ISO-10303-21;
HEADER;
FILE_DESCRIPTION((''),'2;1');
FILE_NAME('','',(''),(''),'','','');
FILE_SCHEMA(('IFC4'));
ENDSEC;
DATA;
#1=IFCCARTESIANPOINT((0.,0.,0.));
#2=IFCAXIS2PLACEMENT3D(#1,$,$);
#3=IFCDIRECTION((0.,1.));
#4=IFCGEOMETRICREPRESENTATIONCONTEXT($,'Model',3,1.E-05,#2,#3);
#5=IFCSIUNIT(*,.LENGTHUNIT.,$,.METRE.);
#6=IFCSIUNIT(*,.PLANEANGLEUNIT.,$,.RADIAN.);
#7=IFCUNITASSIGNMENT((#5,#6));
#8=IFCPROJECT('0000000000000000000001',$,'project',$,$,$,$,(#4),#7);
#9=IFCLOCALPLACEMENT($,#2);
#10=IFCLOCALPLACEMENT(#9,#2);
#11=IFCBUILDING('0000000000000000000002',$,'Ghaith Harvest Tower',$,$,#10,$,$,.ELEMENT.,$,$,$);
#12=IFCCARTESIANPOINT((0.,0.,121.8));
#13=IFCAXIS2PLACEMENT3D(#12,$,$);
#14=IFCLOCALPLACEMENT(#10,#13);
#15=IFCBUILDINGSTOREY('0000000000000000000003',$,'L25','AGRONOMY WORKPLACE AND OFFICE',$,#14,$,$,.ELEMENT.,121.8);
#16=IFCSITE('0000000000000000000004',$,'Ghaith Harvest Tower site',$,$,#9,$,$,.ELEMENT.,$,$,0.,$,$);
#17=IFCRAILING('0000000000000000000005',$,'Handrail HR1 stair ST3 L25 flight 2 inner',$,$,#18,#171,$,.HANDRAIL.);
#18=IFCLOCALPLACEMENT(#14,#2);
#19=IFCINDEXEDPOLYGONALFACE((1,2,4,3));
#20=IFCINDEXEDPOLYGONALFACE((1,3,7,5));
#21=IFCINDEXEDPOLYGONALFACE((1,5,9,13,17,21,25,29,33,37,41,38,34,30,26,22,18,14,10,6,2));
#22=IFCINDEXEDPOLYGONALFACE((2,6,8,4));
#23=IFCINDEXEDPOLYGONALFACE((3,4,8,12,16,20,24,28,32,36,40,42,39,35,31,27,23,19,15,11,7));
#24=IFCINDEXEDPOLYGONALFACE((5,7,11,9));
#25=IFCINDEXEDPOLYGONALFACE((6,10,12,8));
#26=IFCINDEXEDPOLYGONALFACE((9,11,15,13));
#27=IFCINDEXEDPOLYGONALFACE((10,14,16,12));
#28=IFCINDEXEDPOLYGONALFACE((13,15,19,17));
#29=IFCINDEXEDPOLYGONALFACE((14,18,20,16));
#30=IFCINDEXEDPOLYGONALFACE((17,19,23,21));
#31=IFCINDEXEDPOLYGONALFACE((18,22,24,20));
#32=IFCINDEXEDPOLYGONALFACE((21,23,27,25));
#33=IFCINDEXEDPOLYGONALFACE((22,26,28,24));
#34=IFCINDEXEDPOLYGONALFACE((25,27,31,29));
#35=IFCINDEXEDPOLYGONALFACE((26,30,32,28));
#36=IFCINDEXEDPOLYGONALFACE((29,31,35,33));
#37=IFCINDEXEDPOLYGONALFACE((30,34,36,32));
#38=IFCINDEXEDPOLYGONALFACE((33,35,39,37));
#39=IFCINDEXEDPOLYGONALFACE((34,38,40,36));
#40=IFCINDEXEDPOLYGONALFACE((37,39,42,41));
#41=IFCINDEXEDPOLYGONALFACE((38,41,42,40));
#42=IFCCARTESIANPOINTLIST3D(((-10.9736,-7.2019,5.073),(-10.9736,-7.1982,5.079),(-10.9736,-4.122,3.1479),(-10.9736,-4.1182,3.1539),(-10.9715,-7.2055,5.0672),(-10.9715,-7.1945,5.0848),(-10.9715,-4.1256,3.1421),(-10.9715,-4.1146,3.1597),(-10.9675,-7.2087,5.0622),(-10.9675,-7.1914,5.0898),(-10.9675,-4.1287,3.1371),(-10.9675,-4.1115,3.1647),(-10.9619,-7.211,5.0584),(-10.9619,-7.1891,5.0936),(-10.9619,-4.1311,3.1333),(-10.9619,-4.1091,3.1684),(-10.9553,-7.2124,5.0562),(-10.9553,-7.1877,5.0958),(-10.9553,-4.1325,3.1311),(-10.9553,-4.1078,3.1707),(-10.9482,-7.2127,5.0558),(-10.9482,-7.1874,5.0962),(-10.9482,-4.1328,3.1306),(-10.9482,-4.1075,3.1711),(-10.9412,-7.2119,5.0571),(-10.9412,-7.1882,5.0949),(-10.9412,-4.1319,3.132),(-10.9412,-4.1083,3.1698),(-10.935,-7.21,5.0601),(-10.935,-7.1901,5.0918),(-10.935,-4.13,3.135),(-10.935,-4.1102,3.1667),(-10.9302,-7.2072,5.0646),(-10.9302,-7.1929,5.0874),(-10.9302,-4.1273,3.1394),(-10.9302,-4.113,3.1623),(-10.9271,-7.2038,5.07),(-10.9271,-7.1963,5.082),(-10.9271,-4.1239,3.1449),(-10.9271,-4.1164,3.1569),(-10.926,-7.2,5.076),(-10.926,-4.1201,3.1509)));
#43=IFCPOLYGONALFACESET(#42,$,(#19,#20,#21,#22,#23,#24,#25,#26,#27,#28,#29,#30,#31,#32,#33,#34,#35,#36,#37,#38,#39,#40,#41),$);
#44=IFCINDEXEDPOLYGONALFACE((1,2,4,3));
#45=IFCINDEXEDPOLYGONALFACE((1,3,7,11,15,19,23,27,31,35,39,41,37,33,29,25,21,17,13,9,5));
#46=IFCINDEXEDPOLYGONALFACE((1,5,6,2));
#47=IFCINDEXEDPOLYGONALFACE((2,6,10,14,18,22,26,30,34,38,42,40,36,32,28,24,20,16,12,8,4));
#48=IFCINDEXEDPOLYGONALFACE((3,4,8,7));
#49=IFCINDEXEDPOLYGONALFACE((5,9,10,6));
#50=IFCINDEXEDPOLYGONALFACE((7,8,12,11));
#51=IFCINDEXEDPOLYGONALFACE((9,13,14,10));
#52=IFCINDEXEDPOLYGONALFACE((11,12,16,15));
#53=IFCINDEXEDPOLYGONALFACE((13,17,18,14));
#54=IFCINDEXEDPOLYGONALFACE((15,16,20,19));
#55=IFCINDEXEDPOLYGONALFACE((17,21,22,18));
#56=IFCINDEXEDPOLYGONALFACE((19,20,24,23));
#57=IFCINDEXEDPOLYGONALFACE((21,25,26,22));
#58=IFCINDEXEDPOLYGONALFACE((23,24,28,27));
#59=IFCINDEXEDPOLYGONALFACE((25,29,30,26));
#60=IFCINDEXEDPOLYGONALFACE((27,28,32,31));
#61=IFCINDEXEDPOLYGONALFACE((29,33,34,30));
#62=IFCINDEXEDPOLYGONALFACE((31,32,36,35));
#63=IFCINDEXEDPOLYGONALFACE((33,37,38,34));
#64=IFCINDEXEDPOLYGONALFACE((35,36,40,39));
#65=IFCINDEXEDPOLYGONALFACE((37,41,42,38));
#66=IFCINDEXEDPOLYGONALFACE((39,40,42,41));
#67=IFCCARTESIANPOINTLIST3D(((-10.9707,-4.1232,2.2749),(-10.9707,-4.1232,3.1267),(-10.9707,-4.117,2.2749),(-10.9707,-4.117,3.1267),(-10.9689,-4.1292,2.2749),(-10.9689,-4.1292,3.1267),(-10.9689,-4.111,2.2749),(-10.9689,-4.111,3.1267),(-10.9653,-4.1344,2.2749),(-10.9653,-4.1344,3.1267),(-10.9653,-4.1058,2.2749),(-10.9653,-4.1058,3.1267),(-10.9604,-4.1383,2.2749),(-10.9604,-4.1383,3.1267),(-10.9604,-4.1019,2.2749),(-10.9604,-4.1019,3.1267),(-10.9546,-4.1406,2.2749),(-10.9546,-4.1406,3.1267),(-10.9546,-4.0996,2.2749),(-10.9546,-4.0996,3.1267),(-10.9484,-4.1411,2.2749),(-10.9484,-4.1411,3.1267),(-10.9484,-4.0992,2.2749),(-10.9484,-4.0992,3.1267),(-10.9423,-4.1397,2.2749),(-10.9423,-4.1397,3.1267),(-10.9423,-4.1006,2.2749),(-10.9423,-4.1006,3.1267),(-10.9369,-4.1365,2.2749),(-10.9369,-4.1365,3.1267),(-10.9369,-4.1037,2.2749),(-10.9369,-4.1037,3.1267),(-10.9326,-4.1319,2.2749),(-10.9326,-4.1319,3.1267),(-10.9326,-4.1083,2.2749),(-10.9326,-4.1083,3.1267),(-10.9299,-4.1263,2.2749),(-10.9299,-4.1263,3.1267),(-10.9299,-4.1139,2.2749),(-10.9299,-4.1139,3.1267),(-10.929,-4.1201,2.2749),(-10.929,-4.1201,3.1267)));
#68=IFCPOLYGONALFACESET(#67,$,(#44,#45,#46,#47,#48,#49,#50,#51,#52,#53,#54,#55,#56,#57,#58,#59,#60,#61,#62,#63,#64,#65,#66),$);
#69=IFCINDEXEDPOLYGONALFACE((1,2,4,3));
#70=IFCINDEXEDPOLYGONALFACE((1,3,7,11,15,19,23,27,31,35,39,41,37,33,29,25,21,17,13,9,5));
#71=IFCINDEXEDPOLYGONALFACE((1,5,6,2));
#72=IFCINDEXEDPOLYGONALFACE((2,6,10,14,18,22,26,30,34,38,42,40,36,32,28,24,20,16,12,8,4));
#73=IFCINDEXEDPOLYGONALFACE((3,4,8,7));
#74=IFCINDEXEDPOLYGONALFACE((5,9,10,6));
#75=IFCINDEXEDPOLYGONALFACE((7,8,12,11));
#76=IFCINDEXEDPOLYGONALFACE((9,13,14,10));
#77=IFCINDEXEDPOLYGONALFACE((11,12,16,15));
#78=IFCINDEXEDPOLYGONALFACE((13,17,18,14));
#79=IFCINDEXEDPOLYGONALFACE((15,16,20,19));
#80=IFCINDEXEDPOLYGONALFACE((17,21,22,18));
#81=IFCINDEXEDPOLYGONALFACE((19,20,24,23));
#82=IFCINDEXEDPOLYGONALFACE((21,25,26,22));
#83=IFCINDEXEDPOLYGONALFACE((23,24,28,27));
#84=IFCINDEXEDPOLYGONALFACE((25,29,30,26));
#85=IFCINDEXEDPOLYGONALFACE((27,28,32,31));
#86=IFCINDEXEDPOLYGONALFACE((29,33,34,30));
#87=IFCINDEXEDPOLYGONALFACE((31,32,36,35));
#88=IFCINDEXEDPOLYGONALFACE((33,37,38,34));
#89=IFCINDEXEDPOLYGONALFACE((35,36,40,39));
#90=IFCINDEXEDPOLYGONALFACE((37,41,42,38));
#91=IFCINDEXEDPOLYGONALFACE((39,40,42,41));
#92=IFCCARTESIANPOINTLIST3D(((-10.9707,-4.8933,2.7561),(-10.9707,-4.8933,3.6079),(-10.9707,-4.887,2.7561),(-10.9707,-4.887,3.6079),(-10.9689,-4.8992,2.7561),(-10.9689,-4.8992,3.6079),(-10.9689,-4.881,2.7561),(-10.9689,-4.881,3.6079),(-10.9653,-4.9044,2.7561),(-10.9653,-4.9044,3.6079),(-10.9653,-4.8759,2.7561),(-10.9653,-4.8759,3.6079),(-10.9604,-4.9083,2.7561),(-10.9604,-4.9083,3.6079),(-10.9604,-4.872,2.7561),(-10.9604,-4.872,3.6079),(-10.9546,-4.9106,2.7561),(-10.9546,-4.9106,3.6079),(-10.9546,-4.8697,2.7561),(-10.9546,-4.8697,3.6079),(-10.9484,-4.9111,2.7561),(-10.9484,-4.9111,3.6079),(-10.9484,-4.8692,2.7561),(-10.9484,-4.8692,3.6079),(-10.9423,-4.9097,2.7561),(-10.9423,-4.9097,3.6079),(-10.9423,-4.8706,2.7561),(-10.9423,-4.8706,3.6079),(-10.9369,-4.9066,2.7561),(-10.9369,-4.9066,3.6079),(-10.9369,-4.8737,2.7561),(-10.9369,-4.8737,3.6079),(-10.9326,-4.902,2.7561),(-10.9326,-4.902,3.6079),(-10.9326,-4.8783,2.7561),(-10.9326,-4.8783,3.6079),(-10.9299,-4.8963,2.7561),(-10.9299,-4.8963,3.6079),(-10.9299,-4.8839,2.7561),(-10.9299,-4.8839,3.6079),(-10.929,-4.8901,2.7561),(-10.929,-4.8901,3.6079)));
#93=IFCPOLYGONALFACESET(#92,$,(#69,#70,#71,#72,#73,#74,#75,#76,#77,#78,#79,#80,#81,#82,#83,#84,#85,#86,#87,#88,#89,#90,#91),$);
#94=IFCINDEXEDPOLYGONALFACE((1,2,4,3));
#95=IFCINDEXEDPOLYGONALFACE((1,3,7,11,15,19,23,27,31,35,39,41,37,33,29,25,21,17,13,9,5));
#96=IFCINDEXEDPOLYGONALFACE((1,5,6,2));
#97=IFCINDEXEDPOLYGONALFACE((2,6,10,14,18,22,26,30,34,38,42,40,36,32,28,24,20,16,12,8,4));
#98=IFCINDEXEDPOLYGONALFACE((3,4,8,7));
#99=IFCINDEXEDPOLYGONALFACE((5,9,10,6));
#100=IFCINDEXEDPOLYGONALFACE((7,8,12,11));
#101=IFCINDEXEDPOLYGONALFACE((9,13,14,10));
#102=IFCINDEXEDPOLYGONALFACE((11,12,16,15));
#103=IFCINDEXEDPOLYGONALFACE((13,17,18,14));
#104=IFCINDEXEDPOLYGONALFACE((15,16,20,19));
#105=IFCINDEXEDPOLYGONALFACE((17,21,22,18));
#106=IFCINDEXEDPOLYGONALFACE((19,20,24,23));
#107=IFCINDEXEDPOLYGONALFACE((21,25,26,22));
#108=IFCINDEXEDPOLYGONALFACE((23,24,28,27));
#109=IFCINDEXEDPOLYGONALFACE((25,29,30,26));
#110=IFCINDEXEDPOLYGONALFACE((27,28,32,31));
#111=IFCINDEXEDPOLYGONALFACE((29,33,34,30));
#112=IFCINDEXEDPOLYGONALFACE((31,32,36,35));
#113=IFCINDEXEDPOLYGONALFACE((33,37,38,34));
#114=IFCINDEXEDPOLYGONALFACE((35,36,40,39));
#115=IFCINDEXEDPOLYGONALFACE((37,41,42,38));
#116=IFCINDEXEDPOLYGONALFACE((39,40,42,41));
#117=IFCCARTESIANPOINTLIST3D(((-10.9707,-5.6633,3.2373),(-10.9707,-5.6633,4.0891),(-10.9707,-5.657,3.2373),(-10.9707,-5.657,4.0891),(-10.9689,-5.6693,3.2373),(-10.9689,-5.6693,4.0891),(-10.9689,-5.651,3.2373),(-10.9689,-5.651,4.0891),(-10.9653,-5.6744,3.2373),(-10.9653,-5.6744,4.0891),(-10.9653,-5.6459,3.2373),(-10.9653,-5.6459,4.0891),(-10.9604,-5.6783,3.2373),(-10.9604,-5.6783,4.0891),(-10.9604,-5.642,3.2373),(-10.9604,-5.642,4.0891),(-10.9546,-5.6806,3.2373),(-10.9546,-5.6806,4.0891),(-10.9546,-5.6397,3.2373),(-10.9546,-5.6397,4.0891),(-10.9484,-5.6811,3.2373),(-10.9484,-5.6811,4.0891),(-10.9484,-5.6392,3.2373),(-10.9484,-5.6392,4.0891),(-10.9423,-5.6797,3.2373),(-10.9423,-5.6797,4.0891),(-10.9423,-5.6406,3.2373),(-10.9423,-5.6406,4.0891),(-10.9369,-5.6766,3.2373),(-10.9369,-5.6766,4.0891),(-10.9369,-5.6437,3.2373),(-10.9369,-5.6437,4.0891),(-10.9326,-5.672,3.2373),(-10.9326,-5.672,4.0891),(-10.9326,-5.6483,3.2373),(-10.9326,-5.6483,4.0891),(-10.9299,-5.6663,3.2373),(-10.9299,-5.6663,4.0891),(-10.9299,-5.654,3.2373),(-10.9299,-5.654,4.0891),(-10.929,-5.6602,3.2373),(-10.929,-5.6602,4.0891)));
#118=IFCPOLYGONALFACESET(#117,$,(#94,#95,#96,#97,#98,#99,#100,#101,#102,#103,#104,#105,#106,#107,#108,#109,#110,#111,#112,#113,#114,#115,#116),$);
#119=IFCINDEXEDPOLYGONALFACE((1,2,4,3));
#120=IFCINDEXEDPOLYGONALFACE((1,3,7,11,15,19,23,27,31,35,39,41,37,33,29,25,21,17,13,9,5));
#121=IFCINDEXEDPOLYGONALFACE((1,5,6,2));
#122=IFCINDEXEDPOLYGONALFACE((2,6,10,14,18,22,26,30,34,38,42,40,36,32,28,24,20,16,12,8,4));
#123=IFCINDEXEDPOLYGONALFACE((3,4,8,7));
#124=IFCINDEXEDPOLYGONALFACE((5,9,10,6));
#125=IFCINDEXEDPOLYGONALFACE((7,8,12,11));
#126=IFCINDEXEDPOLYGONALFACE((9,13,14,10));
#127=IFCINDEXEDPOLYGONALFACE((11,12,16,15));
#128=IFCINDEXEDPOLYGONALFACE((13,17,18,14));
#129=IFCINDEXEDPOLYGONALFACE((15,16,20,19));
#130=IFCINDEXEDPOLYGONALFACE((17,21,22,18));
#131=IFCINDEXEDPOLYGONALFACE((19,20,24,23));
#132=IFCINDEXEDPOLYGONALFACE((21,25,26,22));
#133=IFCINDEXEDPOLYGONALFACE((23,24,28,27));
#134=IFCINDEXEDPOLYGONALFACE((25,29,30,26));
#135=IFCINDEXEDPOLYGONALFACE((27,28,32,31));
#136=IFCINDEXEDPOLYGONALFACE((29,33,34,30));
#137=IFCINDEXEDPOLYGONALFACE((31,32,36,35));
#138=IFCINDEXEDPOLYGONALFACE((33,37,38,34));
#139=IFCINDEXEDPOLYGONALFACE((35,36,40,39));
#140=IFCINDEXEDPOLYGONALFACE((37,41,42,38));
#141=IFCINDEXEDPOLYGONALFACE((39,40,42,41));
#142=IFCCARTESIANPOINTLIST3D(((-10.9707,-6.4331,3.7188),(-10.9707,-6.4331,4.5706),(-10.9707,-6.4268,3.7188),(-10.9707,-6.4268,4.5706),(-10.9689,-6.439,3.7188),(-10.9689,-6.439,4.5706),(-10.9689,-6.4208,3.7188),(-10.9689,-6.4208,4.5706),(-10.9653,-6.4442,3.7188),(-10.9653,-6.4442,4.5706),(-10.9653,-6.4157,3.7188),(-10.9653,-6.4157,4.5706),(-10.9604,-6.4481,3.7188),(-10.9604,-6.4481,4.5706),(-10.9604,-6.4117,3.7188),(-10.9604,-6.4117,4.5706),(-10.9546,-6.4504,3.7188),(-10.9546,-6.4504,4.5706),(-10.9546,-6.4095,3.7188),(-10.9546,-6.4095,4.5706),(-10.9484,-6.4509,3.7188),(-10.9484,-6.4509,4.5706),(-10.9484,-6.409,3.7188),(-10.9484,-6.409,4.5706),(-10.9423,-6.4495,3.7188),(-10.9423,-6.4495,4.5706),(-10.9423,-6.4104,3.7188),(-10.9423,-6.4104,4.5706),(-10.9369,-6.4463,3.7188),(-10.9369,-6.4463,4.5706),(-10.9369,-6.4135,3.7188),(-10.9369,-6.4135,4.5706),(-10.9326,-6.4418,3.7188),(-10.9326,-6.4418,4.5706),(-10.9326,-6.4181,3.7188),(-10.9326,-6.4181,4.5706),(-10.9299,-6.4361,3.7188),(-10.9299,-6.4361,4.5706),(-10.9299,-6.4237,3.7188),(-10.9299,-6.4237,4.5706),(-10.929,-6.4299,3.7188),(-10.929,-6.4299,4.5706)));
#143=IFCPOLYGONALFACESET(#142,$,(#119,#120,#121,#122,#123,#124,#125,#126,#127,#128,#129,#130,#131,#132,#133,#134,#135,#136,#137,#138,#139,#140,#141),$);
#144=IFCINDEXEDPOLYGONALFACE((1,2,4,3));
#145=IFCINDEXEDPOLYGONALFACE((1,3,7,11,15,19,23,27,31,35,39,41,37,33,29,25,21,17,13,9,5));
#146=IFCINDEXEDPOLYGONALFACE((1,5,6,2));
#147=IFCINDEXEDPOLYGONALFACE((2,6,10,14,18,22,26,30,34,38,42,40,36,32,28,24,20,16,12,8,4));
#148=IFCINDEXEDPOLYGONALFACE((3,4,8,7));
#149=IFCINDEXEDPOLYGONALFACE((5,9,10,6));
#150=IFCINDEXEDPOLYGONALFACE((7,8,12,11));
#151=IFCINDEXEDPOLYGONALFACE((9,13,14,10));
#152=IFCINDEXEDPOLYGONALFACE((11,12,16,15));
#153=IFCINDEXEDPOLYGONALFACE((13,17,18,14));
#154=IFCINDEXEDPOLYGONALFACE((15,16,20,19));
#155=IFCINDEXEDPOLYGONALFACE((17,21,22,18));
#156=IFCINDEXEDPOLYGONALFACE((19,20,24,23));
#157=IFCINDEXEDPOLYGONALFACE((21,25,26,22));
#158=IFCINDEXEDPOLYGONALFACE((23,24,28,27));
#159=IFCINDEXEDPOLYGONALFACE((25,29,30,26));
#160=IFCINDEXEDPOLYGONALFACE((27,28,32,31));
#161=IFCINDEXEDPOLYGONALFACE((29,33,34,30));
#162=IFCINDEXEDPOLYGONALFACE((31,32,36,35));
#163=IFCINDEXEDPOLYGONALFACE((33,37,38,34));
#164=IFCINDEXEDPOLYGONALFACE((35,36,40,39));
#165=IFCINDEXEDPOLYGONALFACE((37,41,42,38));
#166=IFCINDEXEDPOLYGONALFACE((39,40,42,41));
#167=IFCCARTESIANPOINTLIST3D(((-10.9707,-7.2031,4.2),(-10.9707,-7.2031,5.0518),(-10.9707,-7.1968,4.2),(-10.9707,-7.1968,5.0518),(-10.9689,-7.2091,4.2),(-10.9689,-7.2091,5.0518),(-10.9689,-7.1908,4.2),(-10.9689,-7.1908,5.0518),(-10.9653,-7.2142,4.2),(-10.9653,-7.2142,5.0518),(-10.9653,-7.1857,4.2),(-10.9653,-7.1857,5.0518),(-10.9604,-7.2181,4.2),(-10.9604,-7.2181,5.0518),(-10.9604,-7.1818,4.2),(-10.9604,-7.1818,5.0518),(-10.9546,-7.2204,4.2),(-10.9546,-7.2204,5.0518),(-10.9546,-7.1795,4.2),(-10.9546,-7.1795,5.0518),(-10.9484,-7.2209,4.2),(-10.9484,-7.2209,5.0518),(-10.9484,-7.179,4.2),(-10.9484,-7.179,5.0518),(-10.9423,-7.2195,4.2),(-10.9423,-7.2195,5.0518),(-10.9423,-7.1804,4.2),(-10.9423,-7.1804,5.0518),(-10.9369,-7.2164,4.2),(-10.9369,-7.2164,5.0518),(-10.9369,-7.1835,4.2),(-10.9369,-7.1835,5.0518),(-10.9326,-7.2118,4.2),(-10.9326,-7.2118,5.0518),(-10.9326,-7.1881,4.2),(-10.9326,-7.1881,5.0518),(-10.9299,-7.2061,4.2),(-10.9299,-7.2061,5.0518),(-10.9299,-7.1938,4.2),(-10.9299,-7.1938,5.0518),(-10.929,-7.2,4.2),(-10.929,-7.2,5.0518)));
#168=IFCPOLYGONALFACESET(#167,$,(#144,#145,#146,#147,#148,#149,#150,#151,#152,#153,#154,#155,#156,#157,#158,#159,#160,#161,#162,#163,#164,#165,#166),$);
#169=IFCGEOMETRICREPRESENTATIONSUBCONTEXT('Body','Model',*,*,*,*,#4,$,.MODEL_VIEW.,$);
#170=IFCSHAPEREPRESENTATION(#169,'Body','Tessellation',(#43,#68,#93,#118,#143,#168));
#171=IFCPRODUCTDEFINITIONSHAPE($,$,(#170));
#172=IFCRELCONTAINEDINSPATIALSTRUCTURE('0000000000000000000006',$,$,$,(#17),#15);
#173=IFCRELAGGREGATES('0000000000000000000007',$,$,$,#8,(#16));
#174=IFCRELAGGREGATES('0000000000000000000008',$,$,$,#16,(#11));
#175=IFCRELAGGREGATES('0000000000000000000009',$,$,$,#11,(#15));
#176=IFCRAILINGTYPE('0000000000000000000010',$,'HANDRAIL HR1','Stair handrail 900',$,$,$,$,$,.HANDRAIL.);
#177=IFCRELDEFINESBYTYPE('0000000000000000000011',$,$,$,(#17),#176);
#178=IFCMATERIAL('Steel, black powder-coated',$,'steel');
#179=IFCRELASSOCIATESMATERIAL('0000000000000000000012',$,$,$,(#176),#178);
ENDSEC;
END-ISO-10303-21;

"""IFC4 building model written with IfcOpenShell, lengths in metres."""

from ifc_helpers import new_model, si_unit, direction, frame, origin, origin_2d, place, context, subcontext, project, spatial, circle, extrude, material, type_object, element, save


model = new_model("IFC4")

# Units and contexts
model_context = context("Model", 3, precision=1e-05, world=origin(), true_north=direction((0.0, 1.0)))
body_context = subcontext(model_context, "Body", "Model", "MODEL_VIEW")
ifc_project = project(units=[si_unit("LENGTHUNIT", "METRE"), si_unit("PLANEANGLEUNIT", "RADIAN")], contexts=[model_context])

# Site, building, storey
site_placement = place(None, origin())
site = spatial("IfcSite", under=ifc_project, at=site_placement, Name="Ghaith Harvest Tower site", CompositionType="ELEMENT", RefElevation=0.0)
building_placement = place(site_placement, origin())
building = spatial("IfcBuilding", under=site, at=building_placement, Name="Ghaith Harvest Tower", CompositionType="ELEMENT")
storey_placement = place(building_placement, frame((0.0, 0.0, 121.8)))
storey = spatial("IfcBuildingStorey", under=building, at=storey_placement, Name="L25", Description="AGRONOMY WORKPLACE AND OFFICE", CompositionType="ELEMENT", Elevation=121.8)

# Railing
ifc_material_1 = material(Name="Steel, black powder-coated", Category="steel")
railing_type = type_object("IfcRailingType", Name="HANDRAIL HR1", Description="Stair handrail 900", PredefinedType="HANDRAIL", material=ifc_material_1)
railing_1_placement = place(storey_placement, frame((-10.95, -4.1201, 2.2749)))
element("IfcRailing", 1, at=railing_1_placement, inside=storey, type_object=railing_type, Name="Handrail HR1 stair ST3 L25 flight 2 inner", PredefinedType="HANDRAIL", context=body_context, shape_type="SweptSolid", body=[
    extrude(circle(Radius=0.0239, at=origin_2d()), frame((0.0, 0.0, 0.876), z_axis=(0.0, -0.847979, 0.530029), x_axis=(1.0, 0.0, 0.0)), (0.0, 0.0, 1.0), 3.6321),
    extrude(circle(Radius=0.021, at=origin_2d()), origin(), (0.0, 0.0, 1.0), 0.8518),
    extrude(circle(Radius=0.021, at=origin_2d()), frame((0.0, -0.77, 0.4812)), (0.0, 0.0, 1.0), 0.8518),
    extrude(circle(Radius=0.021, at=origin_2d()), frame((0.0, -1.54, 0.9624)), (0.0, 0.0, 1.0), 0.8518),
    extrude(circle(Radius=0.021, at=origin_2d()), frame((0.0, -2.3098, 1.4438)), (0.0, 0.0, 1.0), 0.8518),
    extrude(circle(Radius=0.021, at=origin_2d()), frame((0.0, -3.0798, 1.925)), (0.0, 0.0, 1.0), 0.8518),
])

save(model, "model.ifc")
